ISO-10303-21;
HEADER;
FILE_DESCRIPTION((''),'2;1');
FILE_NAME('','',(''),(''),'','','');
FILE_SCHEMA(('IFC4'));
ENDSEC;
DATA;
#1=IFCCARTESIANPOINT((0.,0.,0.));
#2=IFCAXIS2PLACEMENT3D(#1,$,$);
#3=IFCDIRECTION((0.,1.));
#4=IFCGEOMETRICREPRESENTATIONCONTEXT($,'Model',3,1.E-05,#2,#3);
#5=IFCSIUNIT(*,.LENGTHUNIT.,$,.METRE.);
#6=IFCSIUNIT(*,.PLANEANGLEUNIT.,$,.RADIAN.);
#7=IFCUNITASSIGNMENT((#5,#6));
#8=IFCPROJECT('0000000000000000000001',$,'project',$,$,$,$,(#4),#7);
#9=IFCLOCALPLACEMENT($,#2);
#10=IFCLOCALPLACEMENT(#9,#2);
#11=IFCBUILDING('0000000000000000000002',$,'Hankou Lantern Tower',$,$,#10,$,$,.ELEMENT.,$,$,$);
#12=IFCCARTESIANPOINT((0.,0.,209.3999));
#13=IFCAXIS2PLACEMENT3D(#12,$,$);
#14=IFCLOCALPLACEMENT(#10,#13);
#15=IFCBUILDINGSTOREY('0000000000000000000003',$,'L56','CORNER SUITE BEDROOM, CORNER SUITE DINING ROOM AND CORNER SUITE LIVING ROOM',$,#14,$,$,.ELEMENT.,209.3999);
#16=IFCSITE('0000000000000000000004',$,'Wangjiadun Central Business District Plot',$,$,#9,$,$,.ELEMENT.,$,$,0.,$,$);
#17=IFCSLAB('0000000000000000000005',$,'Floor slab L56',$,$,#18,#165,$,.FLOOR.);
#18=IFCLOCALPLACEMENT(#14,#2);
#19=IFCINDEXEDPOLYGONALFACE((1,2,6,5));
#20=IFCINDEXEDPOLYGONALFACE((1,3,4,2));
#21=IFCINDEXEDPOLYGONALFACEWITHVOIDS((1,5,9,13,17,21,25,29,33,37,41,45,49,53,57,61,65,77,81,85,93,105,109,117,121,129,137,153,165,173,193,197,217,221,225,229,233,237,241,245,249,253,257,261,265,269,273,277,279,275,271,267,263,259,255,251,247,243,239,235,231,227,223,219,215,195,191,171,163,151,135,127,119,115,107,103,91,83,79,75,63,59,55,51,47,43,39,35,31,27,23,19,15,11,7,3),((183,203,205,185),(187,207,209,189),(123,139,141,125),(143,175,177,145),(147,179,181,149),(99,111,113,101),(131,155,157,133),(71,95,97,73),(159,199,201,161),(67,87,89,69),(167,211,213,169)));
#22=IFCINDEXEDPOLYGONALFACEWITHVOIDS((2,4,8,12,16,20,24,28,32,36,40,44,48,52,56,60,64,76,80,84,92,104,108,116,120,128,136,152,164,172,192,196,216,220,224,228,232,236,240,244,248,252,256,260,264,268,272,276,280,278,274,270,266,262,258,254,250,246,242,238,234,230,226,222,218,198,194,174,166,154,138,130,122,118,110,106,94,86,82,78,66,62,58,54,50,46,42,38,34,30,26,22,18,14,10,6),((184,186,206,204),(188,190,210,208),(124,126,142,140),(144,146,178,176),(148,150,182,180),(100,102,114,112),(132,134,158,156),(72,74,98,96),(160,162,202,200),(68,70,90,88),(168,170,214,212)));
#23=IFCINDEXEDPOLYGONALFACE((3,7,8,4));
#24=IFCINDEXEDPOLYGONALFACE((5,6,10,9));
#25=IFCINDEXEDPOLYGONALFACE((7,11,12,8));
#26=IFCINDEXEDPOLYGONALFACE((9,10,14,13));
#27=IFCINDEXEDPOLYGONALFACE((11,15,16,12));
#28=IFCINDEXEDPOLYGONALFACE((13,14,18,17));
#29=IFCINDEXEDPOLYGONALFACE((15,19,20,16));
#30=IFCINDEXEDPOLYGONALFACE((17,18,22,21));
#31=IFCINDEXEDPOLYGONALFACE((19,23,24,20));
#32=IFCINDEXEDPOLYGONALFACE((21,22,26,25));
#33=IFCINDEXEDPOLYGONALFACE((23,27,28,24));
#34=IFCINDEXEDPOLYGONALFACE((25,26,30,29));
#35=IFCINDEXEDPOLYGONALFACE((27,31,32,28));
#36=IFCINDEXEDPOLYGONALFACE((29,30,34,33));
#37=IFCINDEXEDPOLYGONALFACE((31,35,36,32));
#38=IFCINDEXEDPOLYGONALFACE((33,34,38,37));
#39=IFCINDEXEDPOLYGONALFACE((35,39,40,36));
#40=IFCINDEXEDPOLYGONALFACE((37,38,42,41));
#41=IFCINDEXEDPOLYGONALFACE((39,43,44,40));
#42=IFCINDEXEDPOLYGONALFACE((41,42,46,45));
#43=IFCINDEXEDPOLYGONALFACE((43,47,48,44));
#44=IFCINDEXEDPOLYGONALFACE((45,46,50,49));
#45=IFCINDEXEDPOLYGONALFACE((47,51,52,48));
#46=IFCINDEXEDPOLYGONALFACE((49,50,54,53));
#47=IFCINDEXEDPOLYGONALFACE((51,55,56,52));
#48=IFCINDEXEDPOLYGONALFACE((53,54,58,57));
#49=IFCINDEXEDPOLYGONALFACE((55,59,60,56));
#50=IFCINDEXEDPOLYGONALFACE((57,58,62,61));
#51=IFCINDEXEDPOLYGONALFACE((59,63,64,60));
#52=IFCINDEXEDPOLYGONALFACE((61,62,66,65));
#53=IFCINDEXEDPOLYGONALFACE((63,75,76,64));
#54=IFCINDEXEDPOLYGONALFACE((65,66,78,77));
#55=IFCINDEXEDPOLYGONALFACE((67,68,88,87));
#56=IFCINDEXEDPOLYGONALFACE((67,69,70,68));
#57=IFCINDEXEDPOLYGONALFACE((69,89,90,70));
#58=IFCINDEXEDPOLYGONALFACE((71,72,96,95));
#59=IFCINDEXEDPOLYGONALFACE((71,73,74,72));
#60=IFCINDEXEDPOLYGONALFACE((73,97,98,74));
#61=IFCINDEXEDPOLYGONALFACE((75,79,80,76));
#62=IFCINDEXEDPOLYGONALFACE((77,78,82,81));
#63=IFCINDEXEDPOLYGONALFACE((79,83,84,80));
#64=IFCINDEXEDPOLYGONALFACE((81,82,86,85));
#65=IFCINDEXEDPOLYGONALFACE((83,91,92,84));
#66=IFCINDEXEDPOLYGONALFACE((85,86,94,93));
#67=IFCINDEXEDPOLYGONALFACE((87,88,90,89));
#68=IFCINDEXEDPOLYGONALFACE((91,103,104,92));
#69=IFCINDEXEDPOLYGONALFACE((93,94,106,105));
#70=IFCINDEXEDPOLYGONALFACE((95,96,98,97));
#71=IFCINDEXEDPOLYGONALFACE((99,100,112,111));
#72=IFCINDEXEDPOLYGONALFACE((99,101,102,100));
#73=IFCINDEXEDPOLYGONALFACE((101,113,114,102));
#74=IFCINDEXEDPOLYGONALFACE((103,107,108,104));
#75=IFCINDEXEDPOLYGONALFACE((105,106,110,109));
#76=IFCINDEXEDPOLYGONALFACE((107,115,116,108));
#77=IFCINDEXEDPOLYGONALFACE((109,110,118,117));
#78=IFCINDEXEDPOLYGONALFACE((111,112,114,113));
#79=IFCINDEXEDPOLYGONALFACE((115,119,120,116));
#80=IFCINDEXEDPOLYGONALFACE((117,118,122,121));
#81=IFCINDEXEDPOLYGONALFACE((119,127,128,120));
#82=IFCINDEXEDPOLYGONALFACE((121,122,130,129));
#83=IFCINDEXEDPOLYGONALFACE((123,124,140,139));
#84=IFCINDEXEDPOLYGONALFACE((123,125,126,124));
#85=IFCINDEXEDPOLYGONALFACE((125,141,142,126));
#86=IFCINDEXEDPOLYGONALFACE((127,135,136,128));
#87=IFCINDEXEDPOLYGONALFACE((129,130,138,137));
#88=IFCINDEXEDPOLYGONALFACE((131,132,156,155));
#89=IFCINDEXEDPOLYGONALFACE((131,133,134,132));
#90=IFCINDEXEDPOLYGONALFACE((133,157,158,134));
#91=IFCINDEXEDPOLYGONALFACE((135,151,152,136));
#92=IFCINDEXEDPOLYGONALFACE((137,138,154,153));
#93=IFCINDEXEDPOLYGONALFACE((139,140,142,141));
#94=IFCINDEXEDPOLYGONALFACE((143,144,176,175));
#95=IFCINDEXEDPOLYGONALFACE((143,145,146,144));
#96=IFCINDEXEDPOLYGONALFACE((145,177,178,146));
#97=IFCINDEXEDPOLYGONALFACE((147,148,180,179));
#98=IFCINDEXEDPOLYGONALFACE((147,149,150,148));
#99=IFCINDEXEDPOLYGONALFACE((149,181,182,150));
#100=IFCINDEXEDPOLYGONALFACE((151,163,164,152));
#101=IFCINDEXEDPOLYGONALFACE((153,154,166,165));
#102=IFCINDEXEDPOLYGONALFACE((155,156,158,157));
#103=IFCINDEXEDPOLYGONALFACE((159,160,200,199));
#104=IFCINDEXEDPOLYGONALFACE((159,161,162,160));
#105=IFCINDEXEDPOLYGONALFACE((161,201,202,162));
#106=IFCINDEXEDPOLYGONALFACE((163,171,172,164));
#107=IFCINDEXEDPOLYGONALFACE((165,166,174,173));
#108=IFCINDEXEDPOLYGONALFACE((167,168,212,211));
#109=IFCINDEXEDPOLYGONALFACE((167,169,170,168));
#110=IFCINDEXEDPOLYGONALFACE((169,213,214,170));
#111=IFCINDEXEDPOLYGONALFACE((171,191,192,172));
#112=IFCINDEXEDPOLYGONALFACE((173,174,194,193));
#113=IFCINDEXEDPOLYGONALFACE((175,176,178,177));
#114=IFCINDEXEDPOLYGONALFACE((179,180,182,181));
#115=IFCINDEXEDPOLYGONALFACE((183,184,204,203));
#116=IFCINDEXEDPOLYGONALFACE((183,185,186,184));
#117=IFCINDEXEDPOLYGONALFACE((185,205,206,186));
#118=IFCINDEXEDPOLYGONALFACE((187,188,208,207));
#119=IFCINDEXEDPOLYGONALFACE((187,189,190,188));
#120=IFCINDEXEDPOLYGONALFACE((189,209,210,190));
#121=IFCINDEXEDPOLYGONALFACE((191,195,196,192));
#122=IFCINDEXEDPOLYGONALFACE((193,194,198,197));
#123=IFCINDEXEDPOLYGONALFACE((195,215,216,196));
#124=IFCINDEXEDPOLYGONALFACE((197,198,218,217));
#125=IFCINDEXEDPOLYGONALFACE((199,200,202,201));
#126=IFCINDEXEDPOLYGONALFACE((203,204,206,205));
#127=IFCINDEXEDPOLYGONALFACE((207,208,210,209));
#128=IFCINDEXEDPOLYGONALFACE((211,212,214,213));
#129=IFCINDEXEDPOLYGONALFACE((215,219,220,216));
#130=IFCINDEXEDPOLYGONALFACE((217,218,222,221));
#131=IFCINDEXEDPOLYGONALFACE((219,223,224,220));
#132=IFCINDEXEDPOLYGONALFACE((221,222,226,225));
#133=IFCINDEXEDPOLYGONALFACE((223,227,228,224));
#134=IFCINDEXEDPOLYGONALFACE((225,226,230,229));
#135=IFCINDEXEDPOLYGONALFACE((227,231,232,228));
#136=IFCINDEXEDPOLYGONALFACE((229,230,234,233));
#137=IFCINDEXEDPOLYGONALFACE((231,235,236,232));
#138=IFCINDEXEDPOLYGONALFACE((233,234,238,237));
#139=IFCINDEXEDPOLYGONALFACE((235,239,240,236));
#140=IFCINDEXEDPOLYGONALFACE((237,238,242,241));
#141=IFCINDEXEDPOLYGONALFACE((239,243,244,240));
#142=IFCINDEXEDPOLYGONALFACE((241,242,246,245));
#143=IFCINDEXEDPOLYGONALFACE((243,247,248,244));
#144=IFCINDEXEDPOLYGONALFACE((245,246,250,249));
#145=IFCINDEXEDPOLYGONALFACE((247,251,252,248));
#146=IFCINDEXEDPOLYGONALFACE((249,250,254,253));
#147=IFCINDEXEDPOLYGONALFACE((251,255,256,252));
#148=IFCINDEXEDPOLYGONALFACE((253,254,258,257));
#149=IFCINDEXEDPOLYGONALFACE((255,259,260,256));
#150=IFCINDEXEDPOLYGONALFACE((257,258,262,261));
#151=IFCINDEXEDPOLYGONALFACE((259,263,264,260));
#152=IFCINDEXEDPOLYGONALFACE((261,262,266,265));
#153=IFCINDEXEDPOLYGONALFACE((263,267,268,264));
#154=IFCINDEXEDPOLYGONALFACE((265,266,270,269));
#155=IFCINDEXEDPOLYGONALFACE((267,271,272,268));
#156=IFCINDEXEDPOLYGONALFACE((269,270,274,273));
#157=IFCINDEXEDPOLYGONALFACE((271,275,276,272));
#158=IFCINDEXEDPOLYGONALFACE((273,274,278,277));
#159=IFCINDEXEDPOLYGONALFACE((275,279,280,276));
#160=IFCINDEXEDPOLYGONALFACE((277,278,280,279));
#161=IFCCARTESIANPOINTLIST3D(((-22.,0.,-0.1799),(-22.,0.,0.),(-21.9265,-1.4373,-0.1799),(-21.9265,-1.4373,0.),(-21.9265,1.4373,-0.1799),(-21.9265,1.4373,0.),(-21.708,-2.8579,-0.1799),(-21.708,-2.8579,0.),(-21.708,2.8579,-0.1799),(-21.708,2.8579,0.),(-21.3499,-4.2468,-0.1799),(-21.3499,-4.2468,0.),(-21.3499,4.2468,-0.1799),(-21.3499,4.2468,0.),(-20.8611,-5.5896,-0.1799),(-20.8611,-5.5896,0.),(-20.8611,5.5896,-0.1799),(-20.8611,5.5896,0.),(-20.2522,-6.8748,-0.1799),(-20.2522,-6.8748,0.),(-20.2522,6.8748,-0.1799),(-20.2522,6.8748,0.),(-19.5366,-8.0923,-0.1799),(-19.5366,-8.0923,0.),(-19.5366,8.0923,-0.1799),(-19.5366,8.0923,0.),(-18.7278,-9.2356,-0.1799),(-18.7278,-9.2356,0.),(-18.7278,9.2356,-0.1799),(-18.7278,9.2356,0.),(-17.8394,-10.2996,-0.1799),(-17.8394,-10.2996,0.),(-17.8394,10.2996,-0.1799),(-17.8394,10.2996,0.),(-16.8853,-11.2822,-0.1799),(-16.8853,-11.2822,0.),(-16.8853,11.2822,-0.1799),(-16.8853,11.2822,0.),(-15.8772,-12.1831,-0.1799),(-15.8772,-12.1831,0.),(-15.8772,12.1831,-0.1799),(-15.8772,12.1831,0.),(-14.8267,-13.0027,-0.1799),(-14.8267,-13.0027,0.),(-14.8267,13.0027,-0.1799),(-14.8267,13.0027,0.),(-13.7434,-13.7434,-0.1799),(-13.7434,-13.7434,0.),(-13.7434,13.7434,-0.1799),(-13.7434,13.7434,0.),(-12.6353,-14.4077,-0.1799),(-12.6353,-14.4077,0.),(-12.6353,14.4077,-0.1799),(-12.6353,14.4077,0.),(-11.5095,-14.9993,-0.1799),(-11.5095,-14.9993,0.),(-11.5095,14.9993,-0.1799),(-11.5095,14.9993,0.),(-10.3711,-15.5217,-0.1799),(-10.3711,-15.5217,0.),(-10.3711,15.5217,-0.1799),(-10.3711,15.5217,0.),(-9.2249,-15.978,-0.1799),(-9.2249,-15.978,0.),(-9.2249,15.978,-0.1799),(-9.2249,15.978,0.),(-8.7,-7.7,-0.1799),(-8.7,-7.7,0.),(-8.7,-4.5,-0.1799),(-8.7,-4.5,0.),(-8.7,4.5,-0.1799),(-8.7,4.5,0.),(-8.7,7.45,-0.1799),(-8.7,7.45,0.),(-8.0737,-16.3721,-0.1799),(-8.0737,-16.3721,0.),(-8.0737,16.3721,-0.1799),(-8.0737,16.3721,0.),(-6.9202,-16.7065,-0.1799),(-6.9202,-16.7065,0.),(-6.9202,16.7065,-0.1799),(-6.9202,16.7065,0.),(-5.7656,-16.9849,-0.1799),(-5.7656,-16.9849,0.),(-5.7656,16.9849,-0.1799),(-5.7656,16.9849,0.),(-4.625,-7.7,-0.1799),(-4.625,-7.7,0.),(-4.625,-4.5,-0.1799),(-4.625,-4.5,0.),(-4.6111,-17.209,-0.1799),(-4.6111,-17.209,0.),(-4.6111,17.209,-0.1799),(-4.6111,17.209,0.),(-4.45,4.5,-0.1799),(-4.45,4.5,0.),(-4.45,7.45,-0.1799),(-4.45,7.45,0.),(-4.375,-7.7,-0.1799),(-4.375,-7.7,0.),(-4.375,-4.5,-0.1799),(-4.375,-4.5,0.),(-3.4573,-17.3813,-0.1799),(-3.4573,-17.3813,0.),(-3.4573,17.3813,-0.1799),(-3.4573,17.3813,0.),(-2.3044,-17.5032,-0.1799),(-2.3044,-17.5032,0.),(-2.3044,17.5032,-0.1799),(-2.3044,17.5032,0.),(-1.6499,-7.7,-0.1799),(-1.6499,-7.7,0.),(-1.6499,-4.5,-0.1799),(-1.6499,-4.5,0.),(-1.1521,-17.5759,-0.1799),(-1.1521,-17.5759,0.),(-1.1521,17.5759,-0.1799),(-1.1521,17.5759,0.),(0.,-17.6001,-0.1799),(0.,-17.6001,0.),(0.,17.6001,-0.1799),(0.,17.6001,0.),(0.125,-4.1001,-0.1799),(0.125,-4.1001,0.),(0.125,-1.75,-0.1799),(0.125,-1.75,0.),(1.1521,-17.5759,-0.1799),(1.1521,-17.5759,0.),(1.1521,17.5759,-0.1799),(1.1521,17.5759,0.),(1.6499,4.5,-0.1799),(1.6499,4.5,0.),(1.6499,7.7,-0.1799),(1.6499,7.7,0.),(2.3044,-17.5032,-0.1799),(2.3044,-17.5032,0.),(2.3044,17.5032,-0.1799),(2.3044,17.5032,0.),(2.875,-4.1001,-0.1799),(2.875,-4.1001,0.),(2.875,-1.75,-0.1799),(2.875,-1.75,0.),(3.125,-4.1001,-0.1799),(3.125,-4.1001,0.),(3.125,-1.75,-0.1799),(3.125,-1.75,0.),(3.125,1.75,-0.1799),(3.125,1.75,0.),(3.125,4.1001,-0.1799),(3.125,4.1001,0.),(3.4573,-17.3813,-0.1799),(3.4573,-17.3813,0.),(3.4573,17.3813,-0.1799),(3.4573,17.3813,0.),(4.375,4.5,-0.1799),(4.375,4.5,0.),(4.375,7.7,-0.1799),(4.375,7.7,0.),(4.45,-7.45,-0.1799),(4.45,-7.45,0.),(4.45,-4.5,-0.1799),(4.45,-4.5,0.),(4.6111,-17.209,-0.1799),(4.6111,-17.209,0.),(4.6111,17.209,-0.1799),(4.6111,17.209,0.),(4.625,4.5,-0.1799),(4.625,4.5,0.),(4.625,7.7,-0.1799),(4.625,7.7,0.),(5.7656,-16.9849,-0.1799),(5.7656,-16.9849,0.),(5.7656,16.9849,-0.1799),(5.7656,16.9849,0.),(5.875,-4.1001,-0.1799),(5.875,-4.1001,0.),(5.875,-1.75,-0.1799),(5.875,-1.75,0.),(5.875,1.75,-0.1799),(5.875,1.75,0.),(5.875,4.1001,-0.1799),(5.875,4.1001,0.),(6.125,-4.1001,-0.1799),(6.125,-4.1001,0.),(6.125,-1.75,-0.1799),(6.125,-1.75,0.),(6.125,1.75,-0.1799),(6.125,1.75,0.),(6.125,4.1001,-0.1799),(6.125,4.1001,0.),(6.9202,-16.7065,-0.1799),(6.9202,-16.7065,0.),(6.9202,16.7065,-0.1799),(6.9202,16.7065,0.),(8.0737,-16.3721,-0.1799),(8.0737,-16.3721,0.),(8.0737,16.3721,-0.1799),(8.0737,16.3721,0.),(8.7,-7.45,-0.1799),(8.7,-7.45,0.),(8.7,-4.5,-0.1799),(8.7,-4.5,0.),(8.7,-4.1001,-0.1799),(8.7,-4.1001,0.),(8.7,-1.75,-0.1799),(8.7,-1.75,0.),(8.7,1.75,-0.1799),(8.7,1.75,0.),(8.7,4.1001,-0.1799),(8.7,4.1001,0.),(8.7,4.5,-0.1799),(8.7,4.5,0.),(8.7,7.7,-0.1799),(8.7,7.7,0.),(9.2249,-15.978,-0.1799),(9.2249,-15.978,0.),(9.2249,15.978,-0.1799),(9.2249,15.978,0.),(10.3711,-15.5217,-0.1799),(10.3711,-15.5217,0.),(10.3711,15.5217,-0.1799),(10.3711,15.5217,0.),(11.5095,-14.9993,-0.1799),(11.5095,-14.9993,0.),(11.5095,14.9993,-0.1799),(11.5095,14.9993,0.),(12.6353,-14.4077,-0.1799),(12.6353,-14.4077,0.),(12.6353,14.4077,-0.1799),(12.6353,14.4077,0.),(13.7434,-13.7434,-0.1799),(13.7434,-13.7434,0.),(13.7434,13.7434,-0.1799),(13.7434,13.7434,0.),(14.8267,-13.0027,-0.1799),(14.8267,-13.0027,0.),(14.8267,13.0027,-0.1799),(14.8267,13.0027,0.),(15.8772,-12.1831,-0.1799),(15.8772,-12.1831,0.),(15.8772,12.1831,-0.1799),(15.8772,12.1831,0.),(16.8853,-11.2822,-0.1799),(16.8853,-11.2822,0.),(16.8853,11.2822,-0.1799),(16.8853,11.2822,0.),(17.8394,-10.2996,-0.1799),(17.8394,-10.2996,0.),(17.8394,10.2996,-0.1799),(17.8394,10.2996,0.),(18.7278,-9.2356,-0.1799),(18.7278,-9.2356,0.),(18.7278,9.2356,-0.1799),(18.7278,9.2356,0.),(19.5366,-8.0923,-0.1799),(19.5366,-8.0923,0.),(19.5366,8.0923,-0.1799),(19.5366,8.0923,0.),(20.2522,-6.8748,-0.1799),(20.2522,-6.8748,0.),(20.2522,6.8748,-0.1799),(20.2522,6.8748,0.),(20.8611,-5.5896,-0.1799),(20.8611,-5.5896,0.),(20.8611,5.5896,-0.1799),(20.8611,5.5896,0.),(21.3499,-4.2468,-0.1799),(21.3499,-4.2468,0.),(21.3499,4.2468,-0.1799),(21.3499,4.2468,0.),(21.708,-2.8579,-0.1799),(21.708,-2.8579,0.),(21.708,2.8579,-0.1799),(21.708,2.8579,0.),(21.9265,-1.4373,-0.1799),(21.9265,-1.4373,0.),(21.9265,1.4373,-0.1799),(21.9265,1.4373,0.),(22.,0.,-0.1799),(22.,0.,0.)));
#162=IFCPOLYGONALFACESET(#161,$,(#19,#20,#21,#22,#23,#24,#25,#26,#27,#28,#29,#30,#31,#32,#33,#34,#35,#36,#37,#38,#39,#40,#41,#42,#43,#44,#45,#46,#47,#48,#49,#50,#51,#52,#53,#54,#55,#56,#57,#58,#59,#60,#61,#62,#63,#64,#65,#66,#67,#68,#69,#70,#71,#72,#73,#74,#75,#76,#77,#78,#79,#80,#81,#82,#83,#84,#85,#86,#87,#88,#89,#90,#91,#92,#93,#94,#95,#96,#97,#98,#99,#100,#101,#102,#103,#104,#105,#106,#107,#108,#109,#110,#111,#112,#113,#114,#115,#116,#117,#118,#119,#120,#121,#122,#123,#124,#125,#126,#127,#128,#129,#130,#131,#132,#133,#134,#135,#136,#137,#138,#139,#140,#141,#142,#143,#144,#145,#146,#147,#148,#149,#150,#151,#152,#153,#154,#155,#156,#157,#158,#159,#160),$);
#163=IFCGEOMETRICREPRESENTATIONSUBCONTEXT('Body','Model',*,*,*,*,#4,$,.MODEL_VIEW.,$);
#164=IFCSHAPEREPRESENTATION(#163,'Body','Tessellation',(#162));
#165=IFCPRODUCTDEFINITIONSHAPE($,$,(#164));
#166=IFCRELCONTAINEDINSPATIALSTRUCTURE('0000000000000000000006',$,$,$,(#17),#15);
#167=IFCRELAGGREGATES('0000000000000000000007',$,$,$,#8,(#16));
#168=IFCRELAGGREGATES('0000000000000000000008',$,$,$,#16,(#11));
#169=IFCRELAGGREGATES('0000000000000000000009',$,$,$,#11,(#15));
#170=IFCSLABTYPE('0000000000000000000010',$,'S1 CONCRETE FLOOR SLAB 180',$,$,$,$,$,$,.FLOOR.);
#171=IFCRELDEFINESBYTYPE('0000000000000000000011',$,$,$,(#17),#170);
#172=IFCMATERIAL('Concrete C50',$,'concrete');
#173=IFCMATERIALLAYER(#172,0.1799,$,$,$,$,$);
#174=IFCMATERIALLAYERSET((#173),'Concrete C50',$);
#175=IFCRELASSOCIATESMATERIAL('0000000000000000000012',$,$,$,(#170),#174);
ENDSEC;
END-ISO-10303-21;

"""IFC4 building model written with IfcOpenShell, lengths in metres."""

from ifc_helpers import new_model, si_unit, direction, frame, origin, place, context, subcontext, project, spatial, polyline, outline, extrude, material, layer, layer_set, type_object, element, save


model = new_model("IFC4")

# Units and contexts
model_context = context("Model", 3, precision=1e-05, world=origin(), true_north=direction((0.0, 1.0)))
body_context = subcontext(model_context, "Body", "Model", "MODEL_VIEW")
ifc_project = project(units=[si_unit("LENGTHUNIT", "METRE"), si_unit("PLANEANGLEUNIT", "RADIAN")], contexts=[model_context])

# Site, building, storey
site_placement = place(None, origin())
site = spatial("IfcSite", under=ifc_project, at=site_placement, Name="Wangjiadun Central Business District Plot", CompositionType="ELEMENT", RefElevation=0.0)
building_placement = place(site_placement, origin())
building = spatial("IfcBuilding", under=site, at=building_placement, Name="Hankou Lantern Tower", CompositionType="ELEMENT")
storey_placement = place(building_placement, frame((0.0, 0.0, 209.3999)))
storey = spatial("IfcBuildingStorey", under=building, at=storey_placement, Name="L56", Description="CORNER SUITE BEDROOM, CORNER SUITE DINING ROOM AND CORNER SUITE LIVING ROOM", CompositionType="ELEMENT", Elevation=209.3999)

# Slab
ifc_material_1 = material(Name="Concrete C50", Category="concrete")
ifc_layer_1 = layer(ifc_material_1, 0.1799)
ifc_layer_set_1 = layer_set([ifc_layer_1], Name="Concrete C50")
slab_type = type_object("IfcSlabType", Name="S1 CONCRETE FLOOR SLAB 180", PredefinedType="FLOOR", material=ifc_layer_set_1)
slab_placement = place(storey_placement, frame((0.0, 0.0, -0.1799)))
element("IfcSlab", 1, at=slab_placement, inside=storey, type_object=slab_type, Name="Floor slab L56", PredefinedType="FLOOR", context=body_context, shape_type="SweptSolid", body=[
    extrude(outline(polyline([(22.0, 0.0), (21.9265, 1.4373), (21.708, 2.8579), (21.3499, 4.2468), (20.8611, 5.5896), (20.2522, 6.8748), (19.5366, 8.0923), (18.7278, 9.2356), (17.8394, 10.2996), (16.8853, 11.2822), (15.8772, 12.1831), (14.8267, 13.0027), (13.7434, 13.7434), (12.6353, 14.4077), (11.5095, 14.9993), (10.3711, 15.5217), (9.2249, 15.978), (8.0737, 16.3721), (6.9202, 16.7065), (5.7656, 16.9849), (4.6111, 17.209), (3.4573, 17.3813), (2.3044, 17.5032), (1.1521, 17.5759), (0.0, 17.6001), (-1.1521, 17.5759), (-2.3044, 17.5032), (-3.4573, 17.3813), (-4.6111, 17.209), (-5.7656, 16.9849), (-6.9202, 16.7065), (-8.0737, 16.3721), (-9.2249, 15.978), (-10.3711, 15.5217), (-11.5095, 14.9993), (-12.6353, 14.4077), (-13.7434, 13.7434), (-14.8267, 13.0027), (-15.8772, 12.1831), (-16.8853, 11.2822), (-17.8394, 10.2996), (-18.7278, 9.2356), (-19.5366, 8.0923), (-20.2522, 6.8748), (-20.8611, 5.5896), (-21.3499, 4.2468), (-21.708, 2.8579), (-21.9265, 1.4373), (-22.0, 0.0), (-21.9265, -1.4373), (-21.708, -2.8579), (-21.3499, -4.2468), (-20.8611, -5.5896), (-20.2522, -6.8748), (-19.5366, -8.0923), (-18.7278, -9.2356), (-17.8394, -10.2996), (-16.8853, -11.2822), (-15.8772, -12.1831), (-14.8267, -13.0027), (-13.7434, -13.7434), (-12.6353, -14.4077), (-11.5095, -14.9993), (-10.3711, -15.5217), (-9.2249, -15.978), (-8.0737, -16.3721), (-6.9202, -16.7065), (-5.7656, -16.9849), (-4.6111, -17.209), (-3.4573, -17.3813), (-2.3044, -17.5032), (-1.1521, -17.5759), (0.0, -17.6001), (1.1521, -17.5759), (2.3044, -17.5032), (3.4573, -17.3813), (4.6111, -17.209), (5.7656, -16.9849), (6.9202, -16.7065), (8.0737, -16.3721), (9.2249, -15.978), (10.3711, -15.5217), (11.5095, -14.9993), (12.6353, -14.4077), (13.7434, -13.7434), (14.8267, -13.0027), (15.8772, -12.1831), (16.8853, -11.2822), (17.8394, -10.2996), (18.7278, -9.2356), (19.5366, -8.0923), (20.2522, -6.8748), (20.8611, -5.5896), (21.3499, -4.2468), (21.708, -2.8579), (21.9265, -1.4373), (22.0, 0.0)]), holes=[polyline([(3.125, 4.1001), (5.875, 4.1001), (5.875, 1.75), (3.125, 1.75), (3.125, 4.1001)]), polyline([(6.125, 4.1001), (8.7, 4.1001), (8.7, 1.75), (6.125, 1.75), (6.125, 4.1001)]), polyline([(0.125, -1.75), (2.875, -1.75), (2.875, -4.1001), (0.125, -4.1001), (0.125, -1.75)]), polyline([(3.125, -1.75), (5.875, -1.75), (5.875, -4.1001), (3.125, -4.1001), (3.125, -1.75)]), polyline([(6.125, -1.75), (8.7, -1.75), (8.7, -4.1001), (6.125, -4.1001), (6.125, -1.75)]), polyline([(1.6499, 7.7), (4.375, 7.7), (4.375, 4.5), (1.6499, 4.5), (1.6499, 7.7)]), polyline([(-4.375, -4.5), (-1.6499, -4.5), (-1.6499, -7.7), (-4.375, -7.7), (-4.375, -4.5)]), polyline([(-8.7, 7.45), (-4.45, 7.45), (-4.45, 4.5), (-8.7, 4.5), (-8.7, 7.45)]), polyline([(4.45, -4.5), (8.7, -4.5), (8.7, -7.45), (4.45, -7.45), (4.45, -4.5)]), polyline([(4.625, 7.7), (8.7, 7.7), (8.7, 4.5), (4.625, 4.5), (4.625, 7.7)]), polyline([(-8.7, -4.5), (-4.625, -4.5), (-4.625, -7.7), (-8.7, -7.7), (-8.7, -4.5)])]), origin(), (0.0, 0.0, 1.0), 0.1799),
])

save(model, "model.ifc")
